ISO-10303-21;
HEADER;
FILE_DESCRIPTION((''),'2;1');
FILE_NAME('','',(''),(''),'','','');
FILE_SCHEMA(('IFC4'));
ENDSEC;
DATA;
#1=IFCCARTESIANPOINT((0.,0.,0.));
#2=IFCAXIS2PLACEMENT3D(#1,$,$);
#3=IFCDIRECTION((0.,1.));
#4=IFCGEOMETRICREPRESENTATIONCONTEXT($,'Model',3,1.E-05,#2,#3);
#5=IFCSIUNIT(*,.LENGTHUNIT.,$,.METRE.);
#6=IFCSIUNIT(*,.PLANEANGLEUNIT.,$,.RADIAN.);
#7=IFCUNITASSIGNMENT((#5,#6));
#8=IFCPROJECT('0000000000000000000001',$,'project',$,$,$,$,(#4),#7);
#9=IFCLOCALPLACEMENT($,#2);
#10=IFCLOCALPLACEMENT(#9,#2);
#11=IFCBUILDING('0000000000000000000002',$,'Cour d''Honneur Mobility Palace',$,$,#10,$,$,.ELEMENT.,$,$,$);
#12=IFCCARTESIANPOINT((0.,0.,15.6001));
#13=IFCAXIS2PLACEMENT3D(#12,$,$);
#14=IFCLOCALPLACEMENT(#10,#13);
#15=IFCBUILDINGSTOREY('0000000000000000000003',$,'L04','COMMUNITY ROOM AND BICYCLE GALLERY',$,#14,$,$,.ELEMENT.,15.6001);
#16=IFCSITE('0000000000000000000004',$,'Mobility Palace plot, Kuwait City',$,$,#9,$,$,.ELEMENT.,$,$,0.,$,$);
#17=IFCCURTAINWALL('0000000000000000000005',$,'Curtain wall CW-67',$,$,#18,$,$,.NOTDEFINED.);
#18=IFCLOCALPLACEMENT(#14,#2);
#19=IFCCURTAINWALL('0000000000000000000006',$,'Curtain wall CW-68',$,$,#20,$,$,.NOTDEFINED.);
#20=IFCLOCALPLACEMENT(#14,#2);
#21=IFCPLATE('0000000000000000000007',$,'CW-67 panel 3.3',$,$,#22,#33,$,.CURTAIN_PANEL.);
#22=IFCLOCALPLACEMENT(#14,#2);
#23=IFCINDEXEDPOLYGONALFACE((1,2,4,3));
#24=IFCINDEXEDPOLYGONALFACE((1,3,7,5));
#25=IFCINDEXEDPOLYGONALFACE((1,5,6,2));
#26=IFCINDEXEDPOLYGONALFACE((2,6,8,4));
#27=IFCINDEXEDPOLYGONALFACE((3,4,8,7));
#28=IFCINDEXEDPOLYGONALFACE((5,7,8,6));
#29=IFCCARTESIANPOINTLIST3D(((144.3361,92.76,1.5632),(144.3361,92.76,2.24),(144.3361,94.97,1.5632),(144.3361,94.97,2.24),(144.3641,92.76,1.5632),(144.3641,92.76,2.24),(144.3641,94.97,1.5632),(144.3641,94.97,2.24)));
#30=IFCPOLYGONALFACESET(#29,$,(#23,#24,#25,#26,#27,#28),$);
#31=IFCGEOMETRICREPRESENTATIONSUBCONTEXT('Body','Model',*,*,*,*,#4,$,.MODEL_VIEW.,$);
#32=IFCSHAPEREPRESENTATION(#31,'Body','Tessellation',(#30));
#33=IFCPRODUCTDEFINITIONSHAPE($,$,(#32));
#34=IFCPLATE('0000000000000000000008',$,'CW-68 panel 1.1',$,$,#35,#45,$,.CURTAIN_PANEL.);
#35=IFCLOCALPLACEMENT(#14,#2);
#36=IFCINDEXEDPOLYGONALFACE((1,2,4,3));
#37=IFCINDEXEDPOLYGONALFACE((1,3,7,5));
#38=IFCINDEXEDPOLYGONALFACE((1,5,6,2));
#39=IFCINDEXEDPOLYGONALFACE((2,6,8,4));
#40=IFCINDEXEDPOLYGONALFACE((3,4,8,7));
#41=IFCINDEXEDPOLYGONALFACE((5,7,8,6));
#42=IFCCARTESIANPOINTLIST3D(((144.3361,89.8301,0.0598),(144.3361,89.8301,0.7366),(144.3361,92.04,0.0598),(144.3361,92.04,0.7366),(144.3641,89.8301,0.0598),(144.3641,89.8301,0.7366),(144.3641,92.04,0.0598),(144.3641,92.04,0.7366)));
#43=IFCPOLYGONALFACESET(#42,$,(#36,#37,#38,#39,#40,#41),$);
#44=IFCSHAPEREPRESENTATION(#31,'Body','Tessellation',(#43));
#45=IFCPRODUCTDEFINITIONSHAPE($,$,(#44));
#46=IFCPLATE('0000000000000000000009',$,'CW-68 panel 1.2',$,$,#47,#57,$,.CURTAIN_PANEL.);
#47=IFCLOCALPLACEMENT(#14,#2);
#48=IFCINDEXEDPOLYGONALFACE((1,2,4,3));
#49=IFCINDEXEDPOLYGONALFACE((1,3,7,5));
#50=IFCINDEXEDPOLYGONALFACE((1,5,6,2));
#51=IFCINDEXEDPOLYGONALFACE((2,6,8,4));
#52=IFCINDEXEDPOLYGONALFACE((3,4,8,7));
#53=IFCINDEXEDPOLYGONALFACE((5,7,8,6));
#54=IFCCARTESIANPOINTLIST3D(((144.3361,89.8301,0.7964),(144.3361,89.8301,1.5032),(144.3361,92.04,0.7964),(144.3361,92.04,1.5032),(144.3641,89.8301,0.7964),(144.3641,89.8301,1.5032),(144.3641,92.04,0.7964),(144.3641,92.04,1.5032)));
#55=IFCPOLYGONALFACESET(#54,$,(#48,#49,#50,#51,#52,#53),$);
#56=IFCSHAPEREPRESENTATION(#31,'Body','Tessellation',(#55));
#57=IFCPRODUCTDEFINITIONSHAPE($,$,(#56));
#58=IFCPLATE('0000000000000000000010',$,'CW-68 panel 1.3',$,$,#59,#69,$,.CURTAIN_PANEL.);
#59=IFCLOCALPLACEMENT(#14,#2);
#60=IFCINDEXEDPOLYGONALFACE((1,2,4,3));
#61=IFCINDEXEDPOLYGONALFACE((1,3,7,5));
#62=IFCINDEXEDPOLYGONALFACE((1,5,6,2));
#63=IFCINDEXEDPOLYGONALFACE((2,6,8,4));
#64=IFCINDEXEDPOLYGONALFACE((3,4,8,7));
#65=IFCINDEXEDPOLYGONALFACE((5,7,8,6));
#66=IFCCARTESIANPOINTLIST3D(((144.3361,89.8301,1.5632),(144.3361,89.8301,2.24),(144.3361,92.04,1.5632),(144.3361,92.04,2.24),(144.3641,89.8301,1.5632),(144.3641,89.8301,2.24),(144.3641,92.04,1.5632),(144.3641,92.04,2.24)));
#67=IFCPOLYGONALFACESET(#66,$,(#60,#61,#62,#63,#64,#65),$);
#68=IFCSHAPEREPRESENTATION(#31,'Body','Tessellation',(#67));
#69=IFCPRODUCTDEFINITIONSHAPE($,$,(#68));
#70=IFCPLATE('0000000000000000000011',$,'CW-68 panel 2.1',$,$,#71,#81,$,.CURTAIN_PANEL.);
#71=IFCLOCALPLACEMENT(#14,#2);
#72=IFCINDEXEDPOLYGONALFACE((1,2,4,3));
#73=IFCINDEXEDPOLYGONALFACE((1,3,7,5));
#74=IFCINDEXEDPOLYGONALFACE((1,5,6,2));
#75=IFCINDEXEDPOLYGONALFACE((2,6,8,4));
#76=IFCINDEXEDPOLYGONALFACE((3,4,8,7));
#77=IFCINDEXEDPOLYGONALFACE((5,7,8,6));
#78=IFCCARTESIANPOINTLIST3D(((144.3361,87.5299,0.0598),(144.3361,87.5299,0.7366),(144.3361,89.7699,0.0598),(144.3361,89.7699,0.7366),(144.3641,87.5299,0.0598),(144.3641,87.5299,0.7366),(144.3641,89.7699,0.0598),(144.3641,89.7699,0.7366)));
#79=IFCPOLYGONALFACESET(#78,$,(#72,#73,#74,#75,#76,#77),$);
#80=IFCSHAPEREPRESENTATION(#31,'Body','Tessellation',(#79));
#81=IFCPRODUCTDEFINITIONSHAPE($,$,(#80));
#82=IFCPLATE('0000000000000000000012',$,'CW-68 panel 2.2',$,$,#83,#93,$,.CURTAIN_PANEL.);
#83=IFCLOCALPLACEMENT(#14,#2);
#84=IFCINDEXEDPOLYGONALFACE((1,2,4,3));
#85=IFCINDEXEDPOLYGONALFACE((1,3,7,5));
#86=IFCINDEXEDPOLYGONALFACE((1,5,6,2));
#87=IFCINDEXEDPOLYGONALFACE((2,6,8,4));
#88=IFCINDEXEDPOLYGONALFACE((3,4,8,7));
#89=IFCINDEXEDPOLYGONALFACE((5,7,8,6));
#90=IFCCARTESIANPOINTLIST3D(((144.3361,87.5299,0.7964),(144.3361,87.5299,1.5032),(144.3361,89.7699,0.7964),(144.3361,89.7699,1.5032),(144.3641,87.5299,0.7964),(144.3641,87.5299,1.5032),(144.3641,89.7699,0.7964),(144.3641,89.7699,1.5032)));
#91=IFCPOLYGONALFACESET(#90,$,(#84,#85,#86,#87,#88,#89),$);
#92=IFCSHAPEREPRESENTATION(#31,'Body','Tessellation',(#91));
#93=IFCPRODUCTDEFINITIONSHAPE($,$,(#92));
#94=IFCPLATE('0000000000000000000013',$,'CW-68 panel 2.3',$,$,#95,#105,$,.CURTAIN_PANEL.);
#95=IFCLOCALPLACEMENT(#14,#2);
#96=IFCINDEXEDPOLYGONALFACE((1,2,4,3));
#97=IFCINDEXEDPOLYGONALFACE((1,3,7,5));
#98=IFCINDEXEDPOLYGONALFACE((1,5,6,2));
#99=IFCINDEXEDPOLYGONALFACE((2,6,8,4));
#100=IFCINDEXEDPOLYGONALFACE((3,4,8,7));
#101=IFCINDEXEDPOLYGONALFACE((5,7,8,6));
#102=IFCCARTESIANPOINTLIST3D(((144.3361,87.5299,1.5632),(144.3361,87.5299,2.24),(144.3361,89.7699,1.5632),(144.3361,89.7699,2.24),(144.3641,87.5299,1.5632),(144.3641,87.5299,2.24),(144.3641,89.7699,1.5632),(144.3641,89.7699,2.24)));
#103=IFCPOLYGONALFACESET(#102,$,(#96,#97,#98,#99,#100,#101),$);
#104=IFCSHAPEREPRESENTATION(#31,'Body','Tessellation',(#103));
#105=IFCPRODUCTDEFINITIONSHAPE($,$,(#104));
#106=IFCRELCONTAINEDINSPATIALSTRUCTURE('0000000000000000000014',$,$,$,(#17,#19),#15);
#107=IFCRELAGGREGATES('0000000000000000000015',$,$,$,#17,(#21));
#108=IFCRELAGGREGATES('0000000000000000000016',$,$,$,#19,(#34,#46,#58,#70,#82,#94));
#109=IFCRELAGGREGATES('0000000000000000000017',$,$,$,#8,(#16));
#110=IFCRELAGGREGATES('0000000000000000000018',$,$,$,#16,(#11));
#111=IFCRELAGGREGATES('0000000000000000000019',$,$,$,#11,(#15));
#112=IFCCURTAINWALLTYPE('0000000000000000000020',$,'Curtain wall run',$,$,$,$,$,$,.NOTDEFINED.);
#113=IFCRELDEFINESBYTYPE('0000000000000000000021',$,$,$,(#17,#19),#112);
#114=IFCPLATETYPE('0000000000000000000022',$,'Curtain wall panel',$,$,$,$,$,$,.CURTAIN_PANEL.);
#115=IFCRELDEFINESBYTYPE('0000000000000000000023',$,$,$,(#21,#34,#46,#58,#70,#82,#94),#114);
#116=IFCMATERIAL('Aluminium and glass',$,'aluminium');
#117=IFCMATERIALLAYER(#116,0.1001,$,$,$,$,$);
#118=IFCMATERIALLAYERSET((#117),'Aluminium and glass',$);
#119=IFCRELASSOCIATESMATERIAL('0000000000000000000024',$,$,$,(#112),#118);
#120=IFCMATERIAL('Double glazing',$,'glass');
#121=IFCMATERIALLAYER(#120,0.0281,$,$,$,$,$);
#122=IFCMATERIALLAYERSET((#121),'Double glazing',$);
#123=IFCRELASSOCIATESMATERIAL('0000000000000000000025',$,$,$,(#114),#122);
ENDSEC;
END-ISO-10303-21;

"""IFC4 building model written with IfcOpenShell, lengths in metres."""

from ifc_helpers import new_model, si_unit, direction, frame, origin, origin_2d, place, context, subcontext, project, spatial, rectangle, extrude, material, layer, layer_set, type_object, element, aggregate, save


model = new_model("IFC4")

# Units and contexts
model_context = context("Model", 3, precision=1e-05, world=origin(), true_north=direction((0.0, 1.0)))
body_context = subcontext(model_context, "Body", "Model", "MODEL_VIEW")
ifc_project = project(units=[si_unit("LENGTHUNIT", "METRE"), si_unit("PLANEANGLEUNIT", "RADIAN")], contexts=[model_context])

# Site, building, storey
site_placement = place(None, origin())
site = spatial("IfcSite", under=ifc_project, at=site_placement, Name="Mobility Palace plot, Kuwait City", CompositionType="ELEMENT", RefElevation=0.0)
building_placement = place(site_placement, origin())
building = spatial("IfcBuilding", under=site, at=building_placement, Name="Cour d'Honneur Mobility Palace", CompositionType="ELEMENT")
storey_placement = place(building_placement, frame((0.0, 0.0, 15.6001)))
storey = spatial("IfcBuildingStorey", under=building, at=storey_placement, Name="L04", Description="COMMUNITY ROOM AND BICYCLE GALLERY", CompositionType="ELEMENT", Elevation=15.6001)

# Curtain walls
ifc_material_1 = material(Name="Aluminium and glass", Category="aluminium")
ifc_layer_1 = layer(ifc_material_1, 0.1001)
ifc_layer_set_1 = layer_set([ifc_layer_1], Name="Aluminium and glass")
curtain_wall_type = type_object("IfcCurtainWallType", Name="Curtain wall run", PredefinedType="NOTDEFINED", material=ifc_layer_set_1)
curtain_wall_1_placement = place(storey_placement, origin())
curtain_wall_1 = element("IfcCurtainWall", 1, at=curtain_wall_1_placement, inside=storey, type_object=curtain_wall_type, Name="Curtain wall CW-67", PredefinedType="NOTDEFINED")
curtain_wall_2_placement = place(storey_placement, origin())
curtain_wall_2 = element("IfcCurtainWall", 2, at=curtain_wall_2_placement, inside=storey, type_object=curtain_wall_type, Name="Curtain wall CW-68", PredefinedType="NOTDEFINED")

# Plates
ifc_material_2 = material(Name="Double glazing", Category="glass")
ifc_layer_2 = layer(ifc_material_2, 0.0281)
ifc_layer_set_2 = layer_set([ifc_layer_2], Name="Double glazing")
plate_type = type_object("IfcPlateType", Name="Curtain wall panel", PredefinedType="CURTAIN_PANEL", material=ifc_layer_set_2)
plate_1_placement = place(storey_placement, frame((144.3501, 93.865, 1.5632), z_axis=(0.0, 0.0, 1.0), x_axis=(0.0, -1.0, 0.0)))
plate_1 = element("IfcPlate", 3, at=plate_1_placement, type_object=plate_type, Name="CW-67 panel 3.3", PredefinedType="CURTAIN_PANEL", context=body_context, shape_type="SweptSolid", body=[
    extrude(rectangle(XDim=2.21, YDim=0.0281, at=origin_2d()), origin(), (0.0, 0.0, 1.0), 0.6768),
])
aggregate(curtain_wall_1, [plate_1])
plate_2_placement = place(storey_placement, frame((144.3501, 90.9351, 0.0598), z_axis=(0.0, 0.0, 1.0), x_axis=(0.0, -1.0, 0.0)))
plate_2 = element("IfcPlate", 4, at=plate_2_placement, type_object=plate_type, Name="CW-68 panel 1.1", PredefinedType="CURTAIN_PANEL", context=body_context, shape_type="SweptSolid", body=[
    extrude(rectangle(XDim=2.21, YDim=0.0281, at=origin_2d()), origin(), (0.0, 0.0, 1.0), 0.6768),
])
plate_3_placement = place(storey_placement, frame((144.3501, 90.9351, 0.7964), z_axis=(0.0, 0.0, 1.0), x_axis=(0.0, -1.0, 0.0)))
plate_3 = element("IfcPlate", 5, at=plate_3_placement, type_object=plate_type, Name="CW-68 panel 1.2", PredefinedType="CURTAIN_PANEL", context=body_context, shape_type="SweptSolid", body=[
    extrude(rectangle(XDim=2.21, YDim=0.0281, at=origin_2d()), origin(), (0.0, 0.0, 1.0), 0.7068),
])
plate_4_placement = place(storey_placement, frame((144.3501, 90.9351, 1.5632), z_axis=(0.0, 0.0, 1.0), x_axis=(0.0, -1.0, 0.0)))
plate_4 = element("IfcPlate", 6, at=plate_4_placement, type_object=plate_type, Name="CW-68 panel 1.3", PredefinedType="CURTAIN_PANEL", context=body_context, shape_type="SweptSolid", body=[
    extrude(rectangle(XDim=2.21, YDim=0.0281, at=origin_2d()), origin(), (0.0, 0.0, 1.0), 0.6768),
])
plate_5_placement = place(storey_placement, frame((144.3501, 88.6499, 0.0598), z_axis=(0.0, 0.0, 1.0), x_axis=(0.0, -1.0, 0.0)))
plate_5 = element("IfcPlate", 7, at=plate_5_placement, type_object=plate_type, Name="CW-68 panel 2.1", PredefinedType="CURTAIN_PANEL", context=body_context, shape_type="SweptSolid", body=[
    extrude(rectangle(XDim=2.24, YDim=0.0281, at=origin_2d()), origin(), (0.0, 0.0, 1.0), 0.6768),
])
plate_6_placement = place(storey_placement, frame((144.3501, 88.6499, 0.7964), z_axis=(0.0, 0.0, 1.0), x_axis=(0.0, -1.0, 0.0)))
plate_6 = element("IfcPlate", 8, at=plate_6_placement, type_object=plate_type, Name="CW-68 panel 2.2", PredefinedType="CURTAIN_PANEL", context=body_context, shape_type="SweptSolid", body=[
    extrude(rectangle(XDim=2.24, YDim=0.0281, at=origin_2d()), origin(), (0.0, 0.0, 1.0), 0.7068),
])
plate_7_placement = place(storey_placement, frame((144.3501, 88.6499, 1.5632), z_axis=(0.0, 0.0, 1.0), x_axis=(0.0, -1.0, 0.0)))
plate_7 = element("IfcPlate", 9, at=plate_7_placement, type_object=plate_type, Name="CW-68 panel 2.3", PredefinedType="CURTAIN_PANEL", context=body_context, shape_type="SweptSolid", body=[
    extrude(rectangle(XDim=2.24, YDim=0.0281, at=origin_2d()), origin(), (0.0, 0.0, 1.0), 0.6768),
])
aggregate(curtain_wall_2, [plate_2, plate_3, plate_4, plate_5, plate_6, plate_7])

save(model, "model.ifc")
